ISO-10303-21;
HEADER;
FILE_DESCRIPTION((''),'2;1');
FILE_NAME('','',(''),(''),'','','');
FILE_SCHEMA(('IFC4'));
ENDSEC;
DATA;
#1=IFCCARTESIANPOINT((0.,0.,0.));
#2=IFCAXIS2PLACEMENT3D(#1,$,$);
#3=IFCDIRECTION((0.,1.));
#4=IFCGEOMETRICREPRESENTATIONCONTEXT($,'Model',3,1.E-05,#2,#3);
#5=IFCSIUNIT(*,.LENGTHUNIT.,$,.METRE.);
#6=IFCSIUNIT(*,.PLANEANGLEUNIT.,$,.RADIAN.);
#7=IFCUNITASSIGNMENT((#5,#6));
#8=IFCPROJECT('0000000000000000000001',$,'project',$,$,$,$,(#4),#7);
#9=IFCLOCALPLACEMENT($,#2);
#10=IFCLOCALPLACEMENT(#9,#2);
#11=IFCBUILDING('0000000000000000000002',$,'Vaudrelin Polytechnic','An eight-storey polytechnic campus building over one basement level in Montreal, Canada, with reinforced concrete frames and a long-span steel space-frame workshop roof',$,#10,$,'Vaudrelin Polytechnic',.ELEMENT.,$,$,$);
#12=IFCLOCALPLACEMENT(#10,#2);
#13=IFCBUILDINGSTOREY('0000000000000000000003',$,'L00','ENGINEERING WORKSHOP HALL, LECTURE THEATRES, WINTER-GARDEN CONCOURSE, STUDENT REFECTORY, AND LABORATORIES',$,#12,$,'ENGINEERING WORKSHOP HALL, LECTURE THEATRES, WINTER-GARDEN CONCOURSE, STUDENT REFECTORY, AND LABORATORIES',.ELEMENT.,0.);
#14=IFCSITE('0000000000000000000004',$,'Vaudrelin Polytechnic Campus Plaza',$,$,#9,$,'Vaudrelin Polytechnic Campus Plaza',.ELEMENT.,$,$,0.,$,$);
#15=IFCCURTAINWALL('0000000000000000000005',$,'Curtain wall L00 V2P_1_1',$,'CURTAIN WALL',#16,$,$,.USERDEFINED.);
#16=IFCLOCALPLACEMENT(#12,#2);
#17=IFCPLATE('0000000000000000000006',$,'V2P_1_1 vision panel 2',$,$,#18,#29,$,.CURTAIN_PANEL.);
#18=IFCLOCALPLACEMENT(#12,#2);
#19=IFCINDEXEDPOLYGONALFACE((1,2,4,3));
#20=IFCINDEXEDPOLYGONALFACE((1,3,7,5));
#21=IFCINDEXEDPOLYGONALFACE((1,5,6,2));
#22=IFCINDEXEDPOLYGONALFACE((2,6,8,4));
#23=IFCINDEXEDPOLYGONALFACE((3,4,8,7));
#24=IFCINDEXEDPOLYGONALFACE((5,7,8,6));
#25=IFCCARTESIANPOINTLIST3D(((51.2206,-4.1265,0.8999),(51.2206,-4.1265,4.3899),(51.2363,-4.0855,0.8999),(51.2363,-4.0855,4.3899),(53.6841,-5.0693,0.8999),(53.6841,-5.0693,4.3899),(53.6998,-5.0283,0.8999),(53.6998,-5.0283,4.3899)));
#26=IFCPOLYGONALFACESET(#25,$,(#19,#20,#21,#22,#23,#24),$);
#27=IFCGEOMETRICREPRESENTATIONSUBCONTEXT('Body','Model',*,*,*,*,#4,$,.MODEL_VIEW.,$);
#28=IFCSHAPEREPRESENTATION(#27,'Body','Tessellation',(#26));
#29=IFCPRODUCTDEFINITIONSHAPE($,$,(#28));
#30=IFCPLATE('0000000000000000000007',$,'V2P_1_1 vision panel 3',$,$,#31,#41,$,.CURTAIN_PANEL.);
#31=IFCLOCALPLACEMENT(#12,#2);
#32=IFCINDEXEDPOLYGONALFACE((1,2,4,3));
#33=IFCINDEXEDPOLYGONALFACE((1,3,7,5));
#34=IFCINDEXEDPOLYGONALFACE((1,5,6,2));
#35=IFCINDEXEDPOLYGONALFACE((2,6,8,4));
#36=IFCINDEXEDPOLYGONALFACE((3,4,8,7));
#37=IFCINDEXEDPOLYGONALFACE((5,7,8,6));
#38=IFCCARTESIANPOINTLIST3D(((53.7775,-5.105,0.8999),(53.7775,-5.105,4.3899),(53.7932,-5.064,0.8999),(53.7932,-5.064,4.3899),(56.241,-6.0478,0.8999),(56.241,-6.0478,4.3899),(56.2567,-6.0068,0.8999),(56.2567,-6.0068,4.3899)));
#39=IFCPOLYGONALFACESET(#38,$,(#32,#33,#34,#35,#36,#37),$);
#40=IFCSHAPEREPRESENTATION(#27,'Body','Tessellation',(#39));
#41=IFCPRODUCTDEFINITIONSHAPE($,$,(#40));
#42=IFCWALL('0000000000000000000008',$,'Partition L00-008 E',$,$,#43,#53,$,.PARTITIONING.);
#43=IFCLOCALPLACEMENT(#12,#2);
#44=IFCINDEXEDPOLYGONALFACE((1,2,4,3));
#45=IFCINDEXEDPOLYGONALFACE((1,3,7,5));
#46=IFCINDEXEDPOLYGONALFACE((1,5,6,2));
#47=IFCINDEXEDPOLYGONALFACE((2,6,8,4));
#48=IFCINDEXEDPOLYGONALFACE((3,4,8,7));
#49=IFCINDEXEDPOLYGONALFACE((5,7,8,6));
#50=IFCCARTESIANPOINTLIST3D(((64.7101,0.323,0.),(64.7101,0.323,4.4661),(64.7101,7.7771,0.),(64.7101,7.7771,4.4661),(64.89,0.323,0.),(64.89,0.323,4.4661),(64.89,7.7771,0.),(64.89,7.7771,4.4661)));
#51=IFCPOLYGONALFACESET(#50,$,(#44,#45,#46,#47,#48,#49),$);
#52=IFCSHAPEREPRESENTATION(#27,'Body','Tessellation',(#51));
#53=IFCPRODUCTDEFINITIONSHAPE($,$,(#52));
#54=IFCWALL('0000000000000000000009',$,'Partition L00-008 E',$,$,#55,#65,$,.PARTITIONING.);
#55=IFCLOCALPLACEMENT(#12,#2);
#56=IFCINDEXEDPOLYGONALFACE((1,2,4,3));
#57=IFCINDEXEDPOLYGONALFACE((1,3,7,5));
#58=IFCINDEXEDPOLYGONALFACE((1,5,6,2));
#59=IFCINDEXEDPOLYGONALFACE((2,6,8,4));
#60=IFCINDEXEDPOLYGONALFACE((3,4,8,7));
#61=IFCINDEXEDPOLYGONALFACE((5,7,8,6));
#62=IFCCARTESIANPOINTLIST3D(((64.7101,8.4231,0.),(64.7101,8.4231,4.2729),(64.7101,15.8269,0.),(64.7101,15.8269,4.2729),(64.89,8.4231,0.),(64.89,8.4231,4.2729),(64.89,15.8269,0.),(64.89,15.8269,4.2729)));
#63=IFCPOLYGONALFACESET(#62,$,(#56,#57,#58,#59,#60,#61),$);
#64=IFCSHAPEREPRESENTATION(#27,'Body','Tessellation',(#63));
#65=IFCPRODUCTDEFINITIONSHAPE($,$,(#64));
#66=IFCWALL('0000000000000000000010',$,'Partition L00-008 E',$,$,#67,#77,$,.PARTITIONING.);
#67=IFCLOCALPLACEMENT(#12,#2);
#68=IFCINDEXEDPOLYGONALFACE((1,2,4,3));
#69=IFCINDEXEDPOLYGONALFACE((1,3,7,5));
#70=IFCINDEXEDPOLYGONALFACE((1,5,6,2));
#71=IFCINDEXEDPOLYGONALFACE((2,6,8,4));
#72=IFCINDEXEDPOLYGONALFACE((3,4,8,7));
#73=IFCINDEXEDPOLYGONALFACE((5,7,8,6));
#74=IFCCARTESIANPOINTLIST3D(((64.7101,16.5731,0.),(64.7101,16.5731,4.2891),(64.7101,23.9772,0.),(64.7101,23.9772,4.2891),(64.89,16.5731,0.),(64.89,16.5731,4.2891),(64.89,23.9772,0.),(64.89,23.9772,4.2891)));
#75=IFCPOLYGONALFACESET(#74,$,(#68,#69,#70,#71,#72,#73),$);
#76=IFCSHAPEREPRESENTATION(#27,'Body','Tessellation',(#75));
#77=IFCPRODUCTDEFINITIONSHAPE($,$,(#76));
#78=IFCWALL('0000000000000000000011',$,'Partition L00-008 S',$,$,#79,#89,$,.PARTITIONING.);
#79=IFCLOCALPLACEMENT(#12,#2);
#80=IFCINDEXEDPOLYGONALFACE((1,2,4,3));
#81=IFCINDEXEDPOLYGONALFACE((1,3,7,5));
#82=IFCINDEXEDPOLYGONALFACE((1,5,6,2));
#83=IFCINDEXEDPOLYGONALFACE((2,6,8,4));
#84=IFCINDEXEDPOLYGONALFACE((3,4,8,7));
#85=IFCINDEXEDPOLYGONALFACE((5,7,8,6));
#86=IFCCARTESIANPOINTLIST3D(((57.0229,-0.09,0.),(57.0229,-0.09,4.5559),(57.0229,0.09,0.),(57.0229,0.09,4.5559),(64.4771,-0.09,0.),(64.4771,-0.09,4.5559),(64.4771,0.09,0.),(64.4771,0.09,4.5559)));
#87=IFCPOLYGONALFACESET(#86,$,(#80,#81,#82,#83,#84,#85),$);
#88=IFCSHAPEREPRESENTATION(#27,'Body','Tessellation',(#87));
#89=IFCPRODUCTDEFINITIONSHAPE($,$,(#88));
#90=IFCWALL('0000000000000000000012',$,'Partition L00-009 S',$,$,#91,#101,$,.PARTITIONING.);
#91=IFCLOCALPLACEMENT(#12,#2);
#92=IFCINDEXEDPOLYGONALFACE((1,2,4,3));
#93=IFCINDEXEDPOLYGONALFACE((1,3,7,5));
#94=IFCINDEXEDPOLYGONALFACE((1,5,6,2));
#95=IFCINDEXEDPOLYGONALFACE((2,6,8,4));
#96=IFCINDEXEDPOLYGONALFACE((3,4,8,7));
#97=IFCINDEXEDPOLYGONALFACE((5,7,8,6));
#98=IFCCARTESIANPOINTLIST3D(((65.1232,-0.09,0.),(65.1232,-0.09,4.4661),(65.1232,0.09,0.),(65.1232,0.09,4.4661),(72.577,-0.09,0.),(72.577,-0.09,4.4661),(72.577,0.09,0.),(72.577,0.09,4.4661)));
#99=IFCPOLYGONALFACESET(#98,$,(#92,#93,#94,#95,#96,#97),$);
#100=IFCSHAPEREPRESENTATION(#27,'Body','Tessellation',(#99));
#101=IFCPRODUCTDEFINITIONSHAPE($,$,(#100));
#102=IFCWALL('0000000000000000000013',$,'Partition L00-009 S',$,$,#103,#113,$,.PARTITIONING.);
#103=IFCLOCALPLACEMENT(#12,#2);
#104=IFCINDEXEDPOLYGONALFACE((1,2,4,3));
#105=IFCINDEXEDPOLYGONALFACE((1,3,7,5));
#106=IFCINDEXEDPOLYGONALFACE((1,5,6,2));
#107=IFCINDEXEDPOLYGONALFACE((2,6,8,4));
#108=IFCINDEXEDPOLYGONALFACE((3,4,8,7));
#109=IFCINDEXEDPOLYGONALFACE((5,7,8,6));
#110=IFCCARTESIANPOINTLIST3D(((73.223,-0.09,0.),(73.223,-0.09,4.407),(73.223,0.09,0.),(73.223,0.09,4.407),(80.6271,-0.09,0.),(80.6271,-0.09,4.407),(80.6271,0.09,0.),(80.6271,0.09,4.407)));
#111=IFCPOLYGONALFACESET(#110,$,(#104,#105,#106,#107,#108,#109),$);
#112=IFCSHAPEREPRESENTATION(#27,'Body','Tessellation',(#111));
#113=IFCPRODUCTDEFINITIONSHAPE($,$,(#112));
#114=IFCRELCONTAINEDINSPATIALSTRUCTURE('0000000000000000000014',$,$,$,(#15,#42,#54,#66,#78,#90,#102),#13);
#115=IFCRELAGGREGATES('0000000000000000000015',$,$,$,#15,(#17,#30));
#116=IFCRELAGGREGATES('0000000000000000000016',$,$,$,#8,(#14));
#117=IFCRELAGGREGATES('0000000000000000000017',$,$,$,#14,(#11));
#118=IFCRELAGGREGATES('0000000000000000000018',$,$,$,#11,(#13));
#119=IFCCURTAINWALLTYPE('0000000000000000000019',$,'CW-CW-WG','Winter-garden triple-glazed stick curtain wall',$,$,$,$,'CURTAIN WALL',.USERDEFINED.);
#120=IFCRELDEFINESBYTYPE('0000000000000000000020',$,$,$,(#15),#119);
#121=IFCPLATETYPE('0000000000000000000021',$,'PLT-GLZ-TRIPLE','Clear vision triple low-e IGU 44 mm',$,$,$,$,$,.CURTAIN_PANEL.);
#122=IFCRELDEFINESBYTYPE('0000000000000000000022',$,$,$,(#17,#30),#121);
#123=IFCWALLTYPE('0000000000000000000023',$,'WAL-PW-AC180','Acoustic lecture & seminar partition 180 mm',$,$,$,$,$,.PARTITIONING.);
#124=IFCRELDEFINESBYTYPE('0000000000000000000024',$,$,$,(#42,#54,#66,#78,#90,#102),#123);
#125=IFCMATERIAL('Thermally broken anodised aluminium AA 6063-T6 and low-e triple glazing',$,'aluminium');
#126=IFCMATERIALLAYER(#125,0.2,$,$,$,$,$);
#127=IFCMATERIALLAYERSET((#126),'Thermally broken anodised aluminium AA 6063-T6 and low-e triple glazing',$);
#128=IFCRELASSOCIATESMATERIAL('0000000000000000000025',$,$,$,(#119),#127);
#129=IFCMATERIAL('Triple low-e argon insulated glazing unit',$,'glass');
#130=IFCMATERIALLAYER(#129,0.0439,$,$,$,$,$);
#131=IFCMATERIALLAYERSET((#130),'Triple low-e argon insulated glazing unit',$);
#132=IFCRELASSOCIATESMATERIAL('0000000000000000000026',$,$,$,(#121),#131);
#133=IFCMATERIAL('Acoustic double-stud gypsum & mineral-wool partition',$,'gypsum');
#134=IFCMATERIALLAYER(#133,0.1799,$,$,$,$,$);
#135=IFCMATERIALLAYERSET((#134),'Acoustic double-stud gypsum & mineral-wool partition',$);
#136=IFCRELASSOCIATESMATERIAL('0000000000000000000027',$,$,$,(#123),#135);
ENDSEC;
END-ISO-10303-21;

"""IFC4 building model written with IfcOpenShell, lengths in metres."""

from ifc_helpers import new_model, si_unit, direction, frame, frame_2d, origin, origin_2d, place, context, subcontext, project, spatial, rectangle, extrude, material, layer, layer_set, type_object, element, aggregate, save


model = new_model("IFC4")

# Units and contexts
model_context = context("Model", 3, precision=1e-05, world=origin(), true_north=direction((0.0, 1.0)))
body_context = subcontext(model_context, "Body", "Model", "MODEL_VIEW")
ifc_project = project(units=[si_unit("LENGTHUNIT", "METRE"), si_unit("PLANEANGLEUNIT", "RADIAN")], contexts=[model_context])

# Site, building, storey
site_placement = place(None, origin())
site = spatial("IfcSite", under=ifc_project, at=site_placement, Name="Vaudrelin Polytechnic Campus Plaza", LongName="Vaudrelin Polytechnic Campus Plaza", CompositionType="ELEMENT", RefElevation=0.0)
building_placement = place(site_placement, origin())
building = spatial("IfcBuilding", under=site, at=building_placement, Name="Vaudrelin Polytechnic", Description="An eight-storey polytechnic campus building over one basement level in Montreal, Canada, with reinforced concrete frames and a long-span steel space-frame workshop roof", LongName="Vaudrelin Polytechnic", CompositionType="ELEMENT")
storey_placement = place(building_placement, origin())
storey = spatial("IfcBuildingStorey", under=building, at=storey_placement, Name="L00", Description="ENGINEERING WORKSHOP HALL, LECTURE THEATRES, WINTER-GARDEN CONCOURSE, STUDENT REFECTORY, AND LABORATORIES", LongName="ENGINEERING WORKSHOP HALL, LECTURE THEATRES, WINTER-GARDEN CONCOURSE, STUDENT REFECTORY, AND LABORATORIES", CompositionType="ELEMENT", Elevation=0.0)

# Curtain wall
ifc_material_1 = material(Name="Thermally broken anodised aluminium AA 6063-T6 and low-e triple glazing", Category="aluminium")
ifc_layer_1 = layer(ifc_material_1, 0.2)
ifc_layer_set_1 = layer_set([ifc_layer_1], Name="Thermally broken anodised aluminium AA 6063-T6 and low-e triple glazing")
curtain_wall_type = type_object("IfcCurtainWallType", Name="CW-CW-WG", Description="Winter-garden triple-glazed stick curtain wall", ElementType="CURTAIN WALL", PredefinedType="USERDEFINED", material=ifc_layer_set_1)
curtain_wall_1_placement = place(storey_placement, origin())
curtain_wall_1 = element("IfcCurtainWall", 1, at=curtain_wall_1_placement, inside=storey, type_object=curtain_wall_type, Name="Curtain wall L00 V2P_1_1", ObjectType="CURTAIN WALL", PredefinedType="USERDEFINED")

# Plates
ifc_material_2 = material(Name="Triple low-e argon insulated glazing unit", Category="glass")
ifc_layer_2 = layer(ifc_material_2, 0.0439)
ifc_layer_set_2 = layer_set([ifc_layer_2], Name="Triple low-e argon insulated glazing unit")
plate_type_1 = type_object("IfcPlateType", Name="PLT-GLZ-TRIPLE", Description="Clear vision triple low-e IGU 44 mm", PredefinedType="CURTAIN_PANEL", material=ifc_layer_set_2)
plate_1_placement = place(storey_placement, frame((52.4602, -4.5774, 0.8999), z_axis=(0.0, 0.0, 1.0), x_axis=(0.933941, -0.357427, 0.0)))
plate_1 = element("IfcPlate", 2, at=plate_1_placement, type_object=plate_type_1, Name="V2P_1_1 vision panel 2", PredefinedType="CURTAIN_PANEL", context=body_context, shape_type="SweptSolid", body=[
    extrude(rectangle(XDim=2.6377, YDim=0.0439, at=origin_2d()), origin(), (0.0, 0.0, 1.0), 3.49),
])
plate_2_placement = place(storey_placement, frame((55.0171, -5.5559, 0.8999), z_axis=(0.0, 0.0, 1.0), x_axis=(0.933941, -0.357427, 0.0)))
plate_2 = element("IfcPlate", 3, at=plate_2_placement, type_object=plate_type_1, Name="V2P_1_1 vision panel 3", PredefinedType="CURTAIN_PANEL", context=body_context, shape_type="SweptSolid", body=[
    extrude(rectangle(XDim=2.6377, YDim=0.0439, at=origin_2d()), origin(), (0.0, 0.0, 1.0), 3.49),
])
aggregate(curtain_wall_1, [plate_1, plate_2])

# Walls
ifc_material_3 = material(Name="Acoustic double-stud gypsum & mineral-wool partition", Category="gypsum")
ifc_layer_3 = layer(ifc_material_3, 0.1799)
ifc_layer_set_3 = layer_set([ifc_layer_3], Name="Acoustic double-stud gypsum & mineral-wool partition")
wall_type = type_object("IfcWallType", Name="WAL-PW-AC180", Description="Acoustic lecture & seminar partition 180 mm", PredefinedType="PARTITIONING", material=ifc_layer_set_3)
wall_1_placement = place(storey_placement, frame((64.8, 0.323, 0.0), z_axis=(0.0, 0.0, 1.0), x_axis=(0.0, 1.0, 0.0)))
element("IfcWall", 4, at=wall_1_placement, inside=storey, type_object=wall_type, Name="Partition L00-008 E", PredefinedType="PARTITIONING", context=body_context, shape_type="SweptSolid", body=[
    extrude(rectangle(XDim=7.4541, YDim=0.1799, at=frame_2d((3.7271, 0.0))), origin(), (0.0, 0.0, 1.0), 4.4661),
])
wall_2_placement = place(storey_placement, frame((64.8, 8.4231, 0.0), z_axis=(0.0, 0.0, 1.0), x_axis=(0.0, 1.0, 0.0)))
element("IfcWall", 5, at=wall_2_placement, inside=storey, type_object=wall_type, Name="Partition L00-008 E", PredefinedType="PARTITIONING", context=body_context, shape_type="SweptSolid", body=[
    extrude(rectangle(XDim=7.4038, YDim=0.1799, at=frame_2d((3.7019, 0.0))), origin(), (0.0, 0.0, 1.0), 4.2729),
])
wall_3_placement = place(storey_placement, frame((64.8, 16.573, 0.0), z_axis=(0.0, 0.0, 1.0), x_axis=(0.0, 1.0, 0.0)))
element("IfcWall", 6, at=wall_3_placement, inside=storey, type_object=wall_type, Name="Partition L00-008 E", PredefinedType="PARTITIONING", context=body_context, shape_type="SweptSolid", body=[
    extrude(rectangle(XDim=7.4041, YDim=0.1799, at=frame_2d((3.7021, 0.0))), origin(), (0.0, 0.0, 1.0), 4.2891),
])
wall_4_placement = place(storey_placement, frame((57.0229, 0.0, 0.0), z_axis=(0.0, 0.0, 1.0), x_axis=(1.0, 0.0, 0.0)))
element("IfcWall", 7, at=wall_4_placement, inside=storey, type_object=wall_type, Name="Partition L00-008 S", PredefinedType="PARTITIONING", context=body_context, shape_type="SweptSolid", body=[
    extrude(rectangle(XDim=7.4541, YDim=0.1799, at=frame_2d((3.7271, 0.0))), origin(), (0.0, 0.0, 1.0), 4.5559),
])
wall_5_placement = place(storey_placement, frame((65.123, 0.0, 0.0), z_axis=(0.0, 0.0, 1.0), x_axis=(1.0, 0.0, 0.0)))
element("IfcWall", 8, at=wall_5_placement, inside=storey, type_object=wall_type, Name="Partition L00-009 S", PredefinedType="PARTITIONING", context=body_context, shape_type="SweptSolid", body=[
    extrude(rectangle(XDim=7.4539, YDim=0.1799, at=frame_2d((3.7271, 0.0))), origin(), (0.0, 0.0, 1.0), 4.4661),
])
wall_6_placement = place(storey_placement, frame((73.2229, 0.0, 0.0), z_axis=(0.0, 0.0, 1.0), x_axis=(1.0, 0.0, 0.0)))
element("IfcWall", 9, at=wall_6_placement, inside=storey, type_object=wall_type, Name="Partition L00-009 S", PredefinedType="PARTITIONING", context=body_context, shape_type="SweptSolid", body=[
    extrude(rectangle(XDim=7.4041, YDim=0.1799, at=frame_2d((3.7021, 0.0))), origin(), (0.0, 0.0, 1.0), 4.407),
])

save(model, "model.ifc")
